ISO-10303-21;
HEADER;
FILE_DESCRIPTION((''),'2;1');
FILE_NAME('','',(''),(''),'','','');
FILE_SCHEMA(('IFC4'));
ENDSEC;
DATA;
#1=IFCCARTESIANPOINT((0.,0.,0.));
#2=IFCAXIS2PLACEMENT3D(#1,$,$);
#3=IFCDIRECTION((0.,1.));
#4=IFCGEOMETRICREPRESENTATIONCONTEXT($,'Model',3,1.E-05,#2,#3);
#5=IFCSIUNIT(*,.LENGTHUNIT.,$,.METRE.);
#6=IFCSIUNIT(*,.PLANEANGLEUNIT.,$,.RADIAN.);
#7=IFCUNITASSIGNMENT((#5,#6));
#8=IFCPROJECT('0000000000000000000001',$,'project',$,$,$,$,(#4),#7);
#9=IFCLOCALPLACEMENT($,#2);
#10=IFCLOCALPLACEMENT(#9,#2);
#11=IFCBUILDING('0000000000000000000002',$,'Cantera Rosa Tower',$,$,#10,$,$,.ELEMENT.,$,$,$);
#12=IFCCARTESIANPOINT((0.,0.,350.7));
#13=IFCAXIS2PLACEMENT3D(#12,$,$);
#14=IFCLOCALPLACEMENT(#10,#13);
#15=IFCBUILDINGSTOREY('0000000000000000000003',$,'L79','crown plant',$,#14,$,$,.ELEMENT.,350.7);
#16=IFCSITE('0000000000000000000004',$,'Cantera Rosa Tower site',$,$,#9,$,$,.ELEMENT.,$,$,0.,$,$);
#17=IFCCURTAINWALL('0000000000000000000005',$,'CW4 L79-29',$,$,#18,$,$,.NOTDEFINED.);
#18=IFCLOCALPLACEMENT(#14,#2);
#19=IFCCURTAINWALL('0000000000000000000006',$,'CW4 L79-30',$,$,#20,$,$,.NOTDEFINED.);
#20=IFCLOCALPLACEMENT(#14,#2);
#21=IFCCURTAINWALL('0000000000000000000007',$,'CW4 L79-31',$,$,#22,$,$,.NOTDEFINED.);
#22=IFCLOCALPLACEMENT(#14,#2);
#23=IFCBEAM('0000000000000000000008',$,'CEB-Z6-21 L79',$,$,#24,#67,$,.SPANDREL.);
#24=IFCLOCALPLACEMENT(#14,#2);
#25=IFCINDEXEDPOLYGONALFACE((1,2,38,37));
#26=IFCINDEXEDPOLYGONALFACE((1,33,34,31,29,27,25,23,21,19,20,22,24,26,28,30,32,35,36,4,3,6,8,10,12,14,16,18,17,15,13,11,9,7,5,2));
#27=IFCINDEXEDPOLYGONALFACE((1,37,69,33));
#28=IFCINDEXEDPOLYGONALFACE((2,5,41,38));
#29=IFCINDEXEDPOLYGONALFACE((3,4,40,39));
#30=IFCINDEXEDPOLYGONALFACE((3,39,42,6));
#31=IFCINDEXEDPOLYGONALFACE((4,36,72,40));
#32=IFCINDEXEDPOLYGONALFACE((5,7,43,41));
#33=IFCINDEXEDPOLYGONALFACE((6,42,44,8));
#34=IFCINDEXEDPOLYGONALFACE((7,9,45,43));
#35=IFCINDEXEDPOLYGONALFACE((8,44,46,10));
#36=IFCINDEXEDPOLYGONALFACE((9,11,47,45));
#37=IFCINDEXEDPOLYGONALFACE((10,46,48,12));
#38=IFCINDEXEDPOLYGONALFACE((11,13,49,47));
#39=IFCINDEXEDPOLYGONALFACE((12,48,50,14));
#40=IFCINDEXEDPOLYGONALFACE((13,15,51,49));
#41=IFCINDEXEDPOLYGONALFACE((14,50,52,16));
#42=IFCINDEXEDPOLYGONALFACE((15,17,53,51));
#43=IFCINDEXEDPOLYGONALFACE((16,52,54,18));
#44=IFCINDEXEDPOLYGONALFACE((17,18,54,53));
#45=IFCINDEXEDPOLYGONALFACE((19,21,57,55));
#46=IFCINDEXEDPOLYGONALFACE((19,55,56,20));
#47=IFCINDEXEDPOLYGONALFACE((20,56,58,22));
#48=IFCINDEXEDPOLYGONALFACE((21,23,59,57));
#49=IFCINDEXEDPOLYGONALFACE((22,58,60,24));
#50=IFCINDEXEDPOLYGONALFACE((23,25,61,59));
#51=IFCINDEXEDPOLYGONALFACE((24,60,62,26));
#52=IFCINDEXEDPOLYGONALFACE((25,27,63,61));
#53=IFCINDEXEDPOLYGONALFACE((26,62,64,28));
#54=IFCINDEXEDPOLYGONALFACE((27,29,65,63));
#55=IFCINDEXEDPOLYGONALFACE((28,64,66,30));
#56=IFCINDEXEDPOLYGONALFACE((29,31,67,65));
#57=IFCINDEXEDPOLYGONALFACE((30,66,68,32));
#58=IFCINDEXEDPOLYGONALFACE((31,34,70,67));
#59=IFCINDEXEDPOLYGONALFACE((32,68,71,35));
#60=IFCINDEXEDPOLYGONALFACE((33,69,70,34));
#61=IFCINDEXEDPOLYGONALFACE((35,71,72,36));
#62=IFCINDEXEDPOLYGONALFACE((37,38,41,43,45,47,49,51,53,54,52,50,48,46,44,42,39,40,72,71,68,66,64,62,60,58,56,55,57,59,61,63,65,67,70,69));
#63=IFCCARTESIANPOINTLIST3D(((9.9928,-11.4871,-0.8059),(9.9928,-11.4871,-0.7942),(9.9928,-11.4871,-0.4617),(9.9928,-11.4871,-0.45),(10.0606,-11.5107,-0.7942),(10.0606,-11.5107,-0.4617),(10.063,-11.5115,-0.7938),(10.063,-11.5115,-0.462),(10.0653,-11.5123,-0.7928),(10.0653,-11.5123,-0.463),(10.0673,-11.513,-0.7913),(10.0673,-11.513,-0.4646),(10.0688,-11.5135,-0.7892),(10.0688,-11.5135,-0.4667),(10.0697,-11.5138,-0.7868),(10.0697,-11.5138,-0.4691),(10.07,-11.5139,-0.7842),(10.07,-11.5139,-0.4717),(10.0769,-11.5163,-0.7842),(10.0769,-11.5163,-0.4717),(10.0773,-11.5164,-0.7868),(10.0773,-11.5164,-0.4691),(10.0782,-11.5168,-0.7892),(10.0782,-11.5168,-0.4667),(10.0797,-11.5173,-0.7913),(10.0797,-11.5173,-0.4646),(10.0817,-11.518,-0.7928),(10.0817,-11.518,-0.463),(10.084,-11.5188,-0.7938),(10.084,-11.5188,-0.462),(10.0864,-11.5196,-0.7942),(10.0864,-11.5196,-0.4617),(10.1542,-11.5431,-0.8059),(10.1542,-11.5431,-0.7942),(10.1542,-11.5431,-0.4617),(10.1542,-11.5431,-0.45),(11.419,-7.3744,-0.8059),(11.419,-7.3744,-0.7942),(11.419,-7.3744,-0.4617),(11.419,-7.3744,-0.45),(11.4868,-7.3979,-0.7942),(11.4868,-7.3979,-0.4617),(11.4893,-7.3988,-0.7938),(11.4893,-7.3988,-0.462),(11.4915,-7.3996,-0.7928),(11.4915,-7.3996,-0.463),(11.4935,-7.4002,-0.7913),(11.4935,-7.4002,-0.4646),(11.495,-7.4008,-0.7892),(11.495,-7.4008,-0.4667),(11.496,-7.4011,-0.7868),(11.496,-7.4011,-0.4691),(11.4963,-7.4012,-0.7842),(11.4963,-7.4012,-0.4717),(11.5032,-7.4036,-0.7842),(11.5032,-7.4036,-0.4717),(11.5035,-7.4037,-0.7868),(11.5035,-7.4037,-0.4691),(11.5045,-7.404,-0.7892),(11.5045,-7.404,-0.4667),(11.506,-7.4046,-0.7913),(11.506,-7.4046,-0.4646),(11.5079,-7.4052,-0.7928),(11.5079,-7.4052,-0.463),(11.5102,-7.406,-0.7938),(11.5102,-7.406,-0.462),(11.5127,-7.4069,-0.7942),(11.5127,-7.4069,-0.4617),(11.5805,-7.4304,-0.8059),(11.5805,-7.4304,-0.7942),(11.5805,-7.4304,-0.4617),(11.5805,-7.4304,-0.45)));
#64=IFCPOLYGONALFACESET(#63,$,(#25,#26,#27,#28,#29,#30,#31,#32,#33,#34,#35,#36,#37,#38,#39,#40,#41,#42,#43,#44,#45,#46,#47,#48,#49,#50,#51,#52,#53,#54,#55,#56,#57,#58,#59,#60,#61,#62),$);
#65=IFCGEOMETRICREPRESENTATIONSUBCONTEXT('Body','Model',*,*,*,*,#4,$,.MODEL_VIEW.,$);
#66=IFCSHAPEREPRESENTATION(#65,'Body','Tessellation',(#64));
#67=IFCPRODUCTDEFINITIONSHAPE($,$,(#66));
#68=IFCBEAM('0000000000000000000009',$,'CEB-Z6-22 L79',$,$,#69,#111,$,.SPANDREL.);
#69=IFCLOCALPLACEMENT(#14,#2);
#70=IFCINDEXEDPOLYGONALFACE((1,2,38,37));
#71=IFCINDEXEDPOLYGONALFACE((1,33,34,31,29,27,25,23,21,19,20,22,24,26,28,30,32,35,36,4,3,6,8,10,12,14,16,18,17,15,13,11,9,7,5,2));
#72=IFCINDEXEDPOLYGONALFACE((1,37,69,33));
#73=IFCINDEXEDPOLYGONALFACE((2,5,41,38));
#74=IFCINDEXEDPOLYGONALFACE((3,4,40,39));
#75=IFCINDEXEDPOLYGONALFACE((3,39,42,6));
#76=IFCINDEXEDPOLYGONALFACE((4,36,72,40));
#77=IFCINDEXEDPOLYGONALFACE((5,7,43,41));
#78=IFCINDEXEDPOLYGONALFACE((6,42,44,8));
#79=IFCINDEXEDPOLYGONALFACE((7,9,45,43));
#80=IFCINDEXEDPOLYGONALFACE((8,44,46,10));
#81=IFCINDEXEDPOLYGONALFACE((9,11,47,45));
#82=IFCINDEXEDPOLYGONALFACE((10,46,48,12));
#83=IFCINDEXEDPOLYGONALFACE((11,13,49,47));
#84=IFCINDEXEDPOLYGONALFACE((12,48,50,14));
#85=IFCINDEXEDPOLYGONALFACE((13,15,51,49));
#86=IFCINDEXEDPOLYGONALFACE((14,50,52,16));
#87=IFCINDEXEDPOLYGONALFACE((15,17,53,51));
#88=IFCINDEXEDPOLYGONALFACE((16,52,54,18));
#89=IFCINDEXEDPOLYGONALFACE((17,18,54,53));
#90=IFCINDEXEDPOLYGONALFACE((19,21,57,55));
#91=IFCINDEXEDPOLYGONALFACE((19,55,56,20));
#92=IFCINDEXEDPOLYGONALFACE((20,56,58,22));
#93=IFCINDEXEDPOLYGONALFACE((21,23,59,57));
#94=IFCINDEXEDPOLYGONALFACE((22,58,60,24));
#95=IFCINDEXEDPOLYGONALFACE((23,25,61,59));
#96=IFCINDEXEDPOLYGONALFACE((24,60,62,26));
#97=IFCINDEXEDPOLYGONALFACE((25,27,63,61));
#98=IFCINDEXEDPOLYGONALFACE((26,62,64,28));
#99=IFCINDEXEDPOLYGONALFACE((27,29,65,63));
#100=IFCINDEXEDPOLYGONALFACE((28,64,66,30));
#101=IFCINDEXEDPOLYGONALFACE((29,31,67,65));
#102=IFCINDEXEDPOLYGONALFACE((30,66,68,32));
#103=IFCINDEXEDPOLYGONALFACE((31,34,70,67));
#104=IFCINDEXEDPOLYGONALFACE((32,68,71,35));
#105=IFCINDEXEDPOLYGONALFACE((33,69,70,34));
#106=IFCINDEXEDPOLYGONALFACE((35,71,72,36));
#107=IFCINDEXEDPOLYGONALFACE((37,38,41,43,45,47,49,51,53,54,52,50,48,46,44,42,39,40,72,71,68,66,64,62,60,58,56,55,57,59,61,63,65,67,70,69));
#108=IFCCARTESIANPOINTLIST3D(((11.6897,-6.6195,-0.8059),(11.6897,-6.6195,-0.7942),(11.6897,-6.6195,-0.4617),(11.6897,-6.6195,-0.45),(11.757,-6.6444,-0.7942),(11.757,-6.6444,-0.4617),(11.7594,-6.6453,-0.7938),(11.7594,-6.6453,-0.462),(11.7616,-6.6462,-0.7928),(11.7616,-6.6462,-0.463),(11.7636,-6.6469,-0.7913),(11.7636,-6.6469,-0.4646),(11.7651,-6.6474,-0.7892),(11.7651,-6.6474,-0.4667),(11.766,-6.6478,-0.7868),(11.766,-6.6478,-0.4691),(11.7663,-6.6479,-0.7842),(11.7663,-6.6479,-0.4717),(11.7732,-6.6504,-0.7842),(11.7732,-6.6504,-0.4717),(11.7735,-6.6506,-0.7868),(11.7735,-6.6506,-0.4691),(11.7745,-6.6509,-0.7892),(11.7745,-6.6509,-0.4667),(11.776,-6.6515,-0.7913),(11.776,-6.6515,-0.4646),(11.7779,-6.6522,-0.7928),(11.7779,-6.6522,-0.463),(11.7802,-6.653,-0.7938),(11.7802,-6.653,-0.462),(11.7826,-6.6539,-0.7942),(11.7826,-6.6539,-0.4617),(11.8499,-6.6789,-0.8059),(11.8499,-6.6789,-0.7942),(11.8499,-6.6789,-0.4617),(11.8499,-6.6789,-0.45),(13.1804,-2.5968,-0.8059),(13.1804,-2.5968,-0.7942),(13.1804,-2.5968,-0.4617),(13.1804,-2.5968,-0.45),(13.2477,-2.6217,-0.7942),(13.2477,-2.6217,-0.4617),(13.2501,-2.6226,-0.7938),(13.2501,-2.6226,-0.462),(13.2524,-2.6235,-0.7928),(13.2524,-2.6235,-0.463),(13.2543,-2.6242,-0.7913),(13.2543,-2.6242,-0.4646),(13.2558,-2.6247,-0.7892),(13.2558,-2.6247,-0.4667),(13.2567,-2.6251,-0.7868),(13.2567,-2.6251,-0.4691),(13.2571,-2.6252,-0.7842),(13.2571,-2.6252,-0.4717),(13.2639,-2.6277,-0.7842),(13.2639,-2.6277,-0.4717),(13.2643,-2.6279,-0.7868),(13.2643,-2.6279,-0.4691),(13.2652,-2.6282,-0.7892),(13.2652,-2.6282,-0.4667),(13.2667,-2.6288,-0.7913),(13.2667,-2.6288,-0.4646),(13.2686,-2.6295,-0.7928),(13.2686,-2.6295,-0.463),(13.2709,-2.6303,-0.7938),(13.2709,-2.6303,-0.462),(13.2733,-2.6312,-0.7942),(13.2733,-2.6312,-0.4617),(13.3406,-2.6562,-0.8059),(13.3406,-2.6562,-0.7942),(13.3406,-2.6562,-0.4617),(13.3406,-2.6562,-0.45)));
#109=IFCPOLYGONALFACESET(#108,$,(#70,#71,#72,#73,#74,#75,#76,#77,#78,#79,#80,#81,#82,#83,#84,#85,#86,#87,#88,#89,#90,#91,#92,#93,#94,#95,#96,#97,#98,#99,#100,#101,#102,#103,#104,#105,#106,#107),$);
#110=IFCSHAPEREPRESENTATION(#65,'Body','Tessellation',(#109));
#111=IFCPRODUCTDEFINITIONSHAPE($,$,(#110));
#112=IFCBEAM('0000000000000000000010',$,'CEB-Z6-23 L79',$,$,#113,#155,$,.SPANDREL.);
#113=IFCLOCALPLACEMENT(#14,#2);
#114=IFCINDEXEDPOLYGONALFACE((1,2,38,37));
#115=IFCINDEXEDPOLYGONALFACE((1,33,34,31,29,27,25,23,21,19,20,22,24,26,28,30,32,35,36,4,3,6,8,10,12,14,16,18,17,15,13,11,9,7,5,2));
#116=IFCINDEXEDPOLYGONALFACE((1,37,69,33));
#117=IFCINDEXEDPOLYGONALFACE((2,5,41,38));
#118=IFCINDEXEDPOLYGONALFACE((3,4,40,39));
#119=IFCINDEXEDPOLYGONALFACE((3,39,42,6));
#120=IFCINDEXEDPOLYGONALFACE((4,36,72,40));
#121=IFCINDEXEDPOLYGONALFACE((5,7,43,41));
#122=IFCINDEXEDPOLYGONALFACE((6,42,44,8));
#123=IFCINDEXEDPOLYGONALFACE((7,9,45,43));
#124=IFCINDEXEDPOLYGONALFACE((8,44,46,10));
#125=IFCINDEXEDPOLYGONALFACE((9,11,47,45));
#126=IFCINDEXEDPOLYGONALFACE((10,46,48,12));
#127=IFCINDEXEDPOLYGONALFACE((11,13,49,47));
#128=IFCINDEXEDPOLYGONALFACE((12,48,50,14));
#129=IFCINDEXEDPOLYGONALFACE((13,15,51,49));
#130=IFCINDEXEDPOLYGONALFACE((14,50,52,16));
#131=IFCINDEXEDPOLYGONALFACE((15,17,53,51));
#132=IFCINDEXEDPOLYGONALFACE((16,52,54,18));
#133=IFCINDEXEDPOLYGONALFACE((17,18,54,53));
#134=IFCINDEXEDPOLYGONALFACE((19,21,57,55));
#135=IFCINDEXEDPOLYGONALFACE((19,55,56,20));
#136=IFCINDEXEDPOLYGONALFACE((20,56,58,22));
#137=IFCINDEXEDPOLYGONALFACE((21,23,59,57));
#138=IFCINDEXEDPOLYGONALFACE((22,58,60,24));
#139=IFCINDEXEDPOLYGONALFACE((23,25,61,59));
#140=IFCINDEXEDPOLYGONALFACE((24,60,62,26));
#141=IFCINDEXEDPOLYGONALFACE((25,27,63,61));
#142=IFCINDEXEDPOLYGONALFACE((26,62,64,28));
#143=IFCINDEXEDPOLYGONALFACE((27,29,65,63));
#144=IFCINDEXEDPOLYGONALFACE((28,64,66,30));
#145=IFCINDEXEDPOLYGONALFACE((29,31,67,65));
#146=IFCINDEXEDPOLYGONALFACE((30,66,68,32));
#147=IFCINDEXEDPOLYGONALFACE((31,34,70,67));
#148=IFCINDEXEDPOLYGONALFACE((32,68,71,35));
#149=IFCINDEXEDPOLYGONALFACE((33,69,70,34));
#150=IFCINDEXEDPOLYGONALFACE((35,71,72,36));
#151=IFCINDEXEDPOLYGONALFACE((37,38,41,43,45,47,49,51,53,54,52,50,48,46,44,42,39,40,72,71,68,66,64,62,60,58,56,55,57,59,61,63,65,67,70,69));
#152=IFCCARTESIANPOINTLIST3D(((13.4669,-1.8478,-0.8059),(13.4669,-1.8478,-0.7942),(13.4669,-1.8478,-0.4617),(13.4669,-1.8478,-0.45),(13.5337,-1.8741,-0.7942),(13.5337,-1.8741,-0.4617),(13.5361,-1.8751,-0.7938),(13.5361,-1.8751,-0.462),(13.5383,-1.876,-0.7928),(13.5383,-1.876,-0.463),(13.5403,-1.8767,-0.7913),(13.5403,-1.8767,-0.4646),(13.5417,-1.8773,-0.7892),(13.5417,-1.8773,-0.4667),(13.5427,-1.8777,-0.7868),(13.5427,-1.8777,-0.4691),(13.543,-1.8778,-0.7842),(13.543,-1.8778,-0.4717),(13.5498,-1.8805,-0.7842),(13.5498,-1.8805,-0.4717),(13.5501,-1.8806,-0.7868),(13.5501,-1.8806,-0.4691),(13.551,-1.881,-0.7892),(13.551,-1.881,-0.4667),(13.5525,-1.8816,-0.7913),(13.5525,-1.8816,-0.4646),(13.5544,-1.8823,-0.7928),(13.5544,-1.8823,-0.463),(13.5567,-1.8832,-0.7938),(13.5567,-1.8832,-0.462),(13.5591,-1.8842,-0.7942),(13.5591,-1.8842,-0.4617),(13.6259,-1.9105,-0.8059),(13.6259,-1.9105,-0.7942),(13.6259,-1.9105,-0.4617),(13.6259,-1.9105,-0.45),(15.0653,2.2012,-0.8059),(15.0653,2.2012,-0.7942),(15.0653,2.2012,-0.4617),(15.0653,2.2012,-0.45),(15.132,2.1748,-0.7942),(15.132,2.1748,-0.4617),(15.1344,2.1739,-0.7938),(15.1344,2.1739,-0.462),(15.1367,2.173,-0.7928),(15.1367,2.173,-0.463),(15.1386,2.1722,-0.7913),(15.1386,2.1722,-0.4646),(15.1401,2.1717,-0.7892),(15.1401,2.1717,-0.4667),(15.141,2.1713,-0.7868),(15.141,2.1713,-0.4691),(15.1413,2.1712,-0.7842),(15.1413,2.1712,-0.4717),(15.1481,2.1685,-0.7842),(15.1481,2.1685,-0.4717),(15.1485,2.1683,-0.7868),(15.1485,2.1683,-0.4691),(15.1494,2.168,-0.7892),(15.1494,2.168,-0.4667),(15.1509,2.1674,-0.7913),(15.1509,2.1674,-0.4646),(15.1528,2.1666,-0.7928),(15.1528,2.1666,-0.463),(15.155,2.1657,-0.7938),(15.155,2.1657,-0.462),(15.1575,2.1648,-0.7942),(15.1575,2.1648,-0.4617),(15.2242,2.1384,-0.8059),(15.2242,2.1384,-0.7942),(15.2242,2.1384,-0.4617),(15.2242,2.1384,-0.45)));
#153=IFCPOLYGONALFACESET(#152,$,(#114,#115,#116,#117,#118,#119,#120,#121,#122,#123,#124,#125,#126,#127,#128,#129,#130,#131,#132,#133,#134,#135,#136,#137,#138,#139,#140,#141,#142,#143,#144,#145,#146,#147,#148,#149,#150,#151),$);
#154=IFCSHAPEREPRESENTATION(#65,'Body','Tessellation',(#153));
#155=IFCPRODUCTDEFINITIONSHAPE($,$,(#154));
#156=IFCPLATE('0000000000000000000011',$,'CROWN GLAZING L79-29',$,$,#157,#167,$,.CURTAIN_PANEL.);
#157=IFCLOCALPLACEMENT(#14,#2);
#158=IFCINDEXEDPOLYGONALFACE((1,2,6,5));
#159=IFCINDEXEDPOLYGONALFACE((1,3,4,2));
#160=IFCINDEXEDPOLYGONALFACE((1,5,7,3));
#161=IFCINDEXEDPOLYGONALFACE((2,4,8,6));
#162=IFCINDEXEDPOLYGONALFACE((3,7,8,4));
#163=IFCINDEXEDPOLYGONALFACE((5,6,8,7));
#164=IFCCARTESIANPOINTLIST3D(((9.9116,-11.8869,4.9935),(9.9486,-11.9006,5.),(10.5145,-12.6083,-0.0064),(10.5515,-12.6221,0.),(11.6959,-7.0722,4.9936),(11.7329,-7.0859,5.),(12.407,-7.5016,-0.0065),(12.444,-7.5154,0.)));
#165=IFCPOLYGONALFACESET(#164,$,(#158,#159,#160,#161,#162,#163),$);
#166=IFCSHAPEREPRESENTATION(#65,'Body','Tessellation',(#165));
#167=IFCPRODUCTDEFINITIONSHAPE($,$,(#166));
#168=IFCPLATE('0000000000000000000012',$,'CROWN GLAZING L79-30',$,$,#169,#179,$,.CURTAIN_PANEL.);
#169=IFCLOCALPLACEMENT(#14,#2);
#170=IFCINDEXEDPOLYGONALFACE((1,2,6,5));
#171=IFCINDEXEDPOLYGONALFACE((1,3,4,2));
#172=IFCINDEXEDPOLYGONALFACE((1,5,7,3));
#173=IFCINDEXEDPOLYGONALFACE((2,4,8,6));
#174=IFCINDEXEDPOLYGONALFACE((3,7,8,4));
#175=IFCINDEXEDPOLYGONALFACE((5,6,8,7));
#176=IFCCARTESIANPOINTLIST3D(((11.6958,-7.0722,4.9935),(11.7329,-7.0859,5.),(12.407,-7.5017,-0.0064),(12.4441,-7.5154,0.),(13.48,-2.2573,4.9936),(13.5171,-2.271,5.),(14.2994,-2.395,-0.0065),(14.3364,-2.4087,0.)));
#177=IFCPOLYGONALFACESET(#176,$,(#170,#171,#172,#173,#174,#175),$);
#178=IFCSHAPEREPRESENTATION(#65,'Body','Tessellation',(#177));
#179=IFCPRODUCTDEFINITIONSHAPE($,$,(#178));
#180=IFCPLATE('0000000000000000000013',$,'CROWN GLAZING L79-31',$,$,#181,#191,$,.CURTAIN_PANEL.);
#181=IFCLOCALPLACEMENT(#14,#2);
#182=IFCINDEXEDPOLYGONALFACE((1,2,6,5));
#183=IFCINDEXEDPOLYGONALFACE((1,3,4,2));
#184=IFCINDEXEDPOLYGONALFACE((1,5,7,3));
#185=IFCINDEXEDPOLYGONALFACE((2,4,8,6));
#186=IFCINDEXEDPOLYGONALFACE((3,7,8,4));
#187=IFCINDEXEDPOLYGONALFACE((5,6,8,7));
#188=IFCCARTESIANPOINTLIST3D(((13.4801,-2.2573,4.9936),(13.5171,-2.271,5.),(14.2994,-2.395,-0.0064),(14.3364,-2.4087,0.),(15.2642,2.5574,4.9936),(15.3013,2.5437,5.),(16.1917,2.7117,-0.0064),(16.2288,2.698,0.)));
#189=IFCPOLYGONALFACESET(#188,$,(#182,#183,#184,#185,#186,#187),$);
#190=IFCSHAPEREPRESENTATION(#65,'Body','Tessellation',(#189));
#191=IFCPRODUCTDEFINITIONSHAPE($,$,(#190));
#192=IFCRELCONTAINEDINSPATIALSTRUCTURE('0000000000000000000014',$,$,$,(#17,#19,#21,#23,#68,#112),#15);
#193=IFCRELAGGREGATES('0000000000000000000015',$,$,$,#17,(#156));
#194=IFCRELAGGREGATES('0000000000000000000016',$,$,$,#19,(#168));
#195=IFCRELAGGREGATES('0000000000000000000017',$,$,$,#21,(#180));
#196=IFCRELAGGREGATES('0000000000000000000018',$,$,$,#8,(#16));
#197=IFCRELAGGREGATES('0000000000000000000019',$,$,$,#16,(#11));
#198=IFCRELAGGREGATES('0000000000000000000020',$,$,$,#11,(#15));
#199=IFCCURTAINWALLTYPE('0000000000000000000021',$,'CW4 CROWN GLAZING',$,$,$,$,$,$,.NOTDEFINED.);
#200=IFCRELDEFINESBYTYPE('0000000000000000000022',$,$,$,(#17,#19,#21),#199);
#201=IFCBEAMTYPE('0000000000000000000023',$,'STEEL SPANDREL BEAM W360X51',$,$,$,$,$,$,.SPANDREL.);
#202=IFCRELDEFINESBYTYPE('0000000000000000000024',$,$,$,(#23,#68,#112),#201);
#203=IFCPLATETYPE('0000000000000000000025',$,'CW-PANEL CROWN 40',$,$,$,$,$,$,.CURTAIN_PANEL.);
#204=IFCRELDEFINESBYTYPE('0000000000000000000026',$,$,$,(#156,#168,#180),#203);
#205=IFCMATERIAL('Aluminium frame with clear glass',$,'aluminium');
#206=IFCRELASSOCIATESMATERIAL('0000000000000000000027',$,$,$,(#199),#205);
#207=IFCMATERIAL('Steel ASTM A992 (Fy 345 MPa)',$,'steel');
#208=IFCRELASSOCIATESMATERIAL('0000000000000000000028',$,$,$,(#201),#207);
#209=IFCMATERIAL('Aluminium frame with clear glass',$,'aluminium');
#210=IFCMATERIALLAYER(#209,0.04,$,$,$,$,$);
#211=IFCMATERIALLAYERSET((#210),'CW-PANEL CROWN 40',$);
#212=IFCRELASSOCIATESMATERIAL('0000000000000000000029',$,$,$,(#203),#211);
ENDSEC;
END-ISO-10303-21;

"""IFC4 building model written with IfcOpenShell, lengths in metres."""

from ifc_helpers import new_model, si_unit, direction, frame, origin, origin_2d, place, context, subcontext, project, spatial, polyline, i_section, outline, extrude, material, layer, layer_set, material_profile, profile_set, type_object, element, aggregate, save


model = new_model("IFC4")

# Units and contexts
model_context = context("Model", 3, precision=1e-05, world=origin(), true_north=direction((0.0, 1.0)))
body_context = subcontext(model_context, "Body", "Model", "MODEL_VIEW")
ifc_project = project(units=[si_unit("LENGTHUNIT", "METRE"), si_unit("PLANEANGLEUNIT", "RADIAN")], contexts=[model_context])

# Site, building, storey
site_placement = place(None, origin())
site = spatial("IfcSite", under=ifc_project, at=site_placement, Name="Cantera Rosa Tower site", CompositionType="ELEMENT", RefElevation=0.0)
building_placement = place(site_placement, origin())
building = spatial("IfcBuilding", under=site, at=building_placement, Name="Cantera Rosa Tower", CompositionType="ELEMENT")
storey_placement = place(building_placement, frame((0.0, 0.0, 350.7)))
storey = spatial("IfcBuildingStorey", under=building, at=storey_placement, Name="L79", Description="crown plant", CompositionType="ELEMENT", Elevation=350.7)

# Curtain walls
ifc_material_1 = material(Name="Aluminium frame with clear glass", Category="aluminium")
curtain_wall_type = type_object("IfcCurtainWallType", Name="CW4 CROWN GLAZING", PredefinedType="NOTDEFINED", material=ifc_material_1)
curtain_wall_1_placement = place(storey_placement, origin())
curtain_wall_1 = element("IfcCurtainWall", 1, at=curtain_wall_1_placement, inside=storey, type_object=curtain_wall_type, Name="CW4 L79-29", PredefinedType="NOTDEFINED")
curtain_wall_2_placement = place(storey_placement, origin())
curtain_wall_2 = element("IfcCurtainWall", 2, at=curtain_wall_2_placement, inside=storey, type_object=curtain_wall_type, Name="CW4 L79-30", PredefinedType="NOTDEFINED")
curtain_wall_3_placement = place(storey_placement, origin())
curtain_wall_3 = element("IfcCurtainWall", 3, at=curtain_wall_3_placement, inside=storey, type_object=curtain_wall_type, Name="CW4 L79-31", PredefinedType="NOTDEFINED")

# Beams
ifc_material_2 = material(Name="Steel ASTM A992 (Fy 345 MPa)", Category="steel")
ifc_material_profile_1 = material_profile(ifc_material_2, i_section(OverallWidth=0.1709, OverallDepth=0.356, WebThickness=0.0073, FlangeThickness=0.0117, FilletRadius=0.01, at=origin_2d()), Name="W360X51")
ifc_profile_set_1 = profile_set([ifc_material_profile_1], Name="Steel ASTM A992 (Fy 345 MPa)")
beam_type_1 = type_object("IfcBeamType", Name="STEEL SPANDREL BEAM W360X51", PredefinedType="SPANDREL", material=ifc_profile_set_1)
beam_1_placement = place(storey_placement, frame((10.0735, -11.5151, -0.6279), z_axis=(0.327646, 0.944801, 0.0), x_axis=(-0.944801, 0.327646, 0.0)))
element("IfcBeam", 4, at=beam_1_placement, inside=storey, type_object=beam_type_1, Name="CEB-Z6-21 L79", PredefinedType="SPANDREL", context=body_context, shape_type="SweptSolid", body=[
    extrude(i_section(OverallWidth=0.1709, OverallDepth=0.356, WebThickness=0.0073, FlangeThickness=0.0117, FilletRadius=0.01, at=origin_2d()), origin(), (0.0, 0.0, 1.0), 4.353),
])
beam_2_placement = place(storey_placement, frame((11.7698, -6.6492, -0.6279), z_axis=(0.347485, 0.937686, 0.0), x_axis=(-0.937686, 0.347485, 0.0)))
element("IfcBeam", 5, at=beam_2_placement, inside=storey, type_object=beam_type_1, Name="CEB-Z6-22 L79", PredefinedType="SPANDREL", context=body_context, shape_type="SweptSolid", body=[
    extrude(i_section(OverallWidth=0.1709, OverallDepth=0.356, WebThickness=0.0073, FlangeThickness=0.0117, FilletRadius=0.01, at=origin_2d()), origin(), (0.0, 0.0, 1.0), 4.29),
])
beam_3_placement = place(storey_placement, frame((13.5464, -1.8792, -0.6279), z_axis=(0.367181, 0.93015, 0.0), x_axis=(-0.93015, 0.367181, 0.0)))
element("IfcBeam", 6, at=beam_3_placement, inside=storey, type_object=beam_type_1, Name="CEB-Z6-23 L79", PredefinedType="SPANDREL", context=body_context, shape_type="SweptSolid", body=[
    extrude(i_section(OverallWidth=0.1709, OverallDepth=0.356, WebThickness=0.0073, FlangeThickness=0.0117, FilletRadius=0.01, at=origin_2d()), origin(), (0.0, 0.0, 1.0), 4.353),
])

# Plates
ifc_material_3 = material(Name="Aluminium frame with clear glass", Category="aluminium")
ifc_layer_1 = layer(ifc_material_3, 0.04)
ifc_layer_set_1 = layer_set([ifc_layer_1], Name="CW-PANEL CROWN 40")
plate_type = type_object("IfcPlateType", Name="CW-PANEL CROWN 40", PredefinedType="CURTAIN_PANEL", material=ifc_layer_set_1)
plate_1_placement = place(storey_placement, frame((10.5515, -12.6221, 0.0), z_axis=(0.925439, -0.342957, 0.16107), x_axis=(0.347495, 0.937682, -0.000003)))
plate_1 = element("IfcPlate", 7, at=plate_1_placement, type_object=plate_type, Name="CROWN GLAZING L79-29", PredefinedType="CURTAIN_PANEL", context=body_context, shape_type="SweptSolid", body=[
    extrude(outline(polyline([(0.0, 0.0), (5.4461, 0.0), (5.6016, 5.0662), (0.467, 5.0661), (0.0, 0.0)])), origin(), (0.0, 0.0, -1.0), 0.04),
])
plate_2_placement = place(storey_placement, frame((12.4441, -7.5154, 0.0), z_axis=(0.925446, -0.342929, 0.16109), x_axis=(0.347467, 0.937692, -0.000001)))
plate_2 = element("IfcPlate", 8, at=plate_2_placement, type_object=plate_type, Name="CROWN GLAZING L79-30", PredefinedType="CURTAIN_PANEL", context=body_context, shape_type="SweptSolid", body=[
    extrude(outline(polyline([(0.0, 0.0), (5.446, 0.0), (5.2904, 5.0662), (0.1556, 5.0662), (0.0, 0.0)])), origin(), (0.0, 0.0, -1.0), 0.04),
])
plate_3_placement = place(storey_placement, frame((14.3364, -2.4087, 0.0), z_axis=(0.925443, -0.342936, 0.161089), x_axis=(0.347474, 0.937689, 0.000001)))
plate_3 = element("IfcPlate", 9, at=plate_3_placement, type_object=plate_type, Name="CROWN GLAZING L79-31", PredefinedType="CURTAIN_PANEL", context=body_context, shape_type="SweptSolid", body=[
    extrude(outline(polyline([(0.0, 0.0), (5.446, 0.0), (4.9791, 5.0662), (-0.1556, 5.0662), (0.0, 0.0)])), origin(), (0.0, 0.0, -1.0), 0.04),
])

aggregate(curtain_wall_1, [plate_1])
aggregate(curtain_wall_2, [plate_2])
aggregate(curtain_wall_3, [plate_3])

save(model, "model.ifc")
